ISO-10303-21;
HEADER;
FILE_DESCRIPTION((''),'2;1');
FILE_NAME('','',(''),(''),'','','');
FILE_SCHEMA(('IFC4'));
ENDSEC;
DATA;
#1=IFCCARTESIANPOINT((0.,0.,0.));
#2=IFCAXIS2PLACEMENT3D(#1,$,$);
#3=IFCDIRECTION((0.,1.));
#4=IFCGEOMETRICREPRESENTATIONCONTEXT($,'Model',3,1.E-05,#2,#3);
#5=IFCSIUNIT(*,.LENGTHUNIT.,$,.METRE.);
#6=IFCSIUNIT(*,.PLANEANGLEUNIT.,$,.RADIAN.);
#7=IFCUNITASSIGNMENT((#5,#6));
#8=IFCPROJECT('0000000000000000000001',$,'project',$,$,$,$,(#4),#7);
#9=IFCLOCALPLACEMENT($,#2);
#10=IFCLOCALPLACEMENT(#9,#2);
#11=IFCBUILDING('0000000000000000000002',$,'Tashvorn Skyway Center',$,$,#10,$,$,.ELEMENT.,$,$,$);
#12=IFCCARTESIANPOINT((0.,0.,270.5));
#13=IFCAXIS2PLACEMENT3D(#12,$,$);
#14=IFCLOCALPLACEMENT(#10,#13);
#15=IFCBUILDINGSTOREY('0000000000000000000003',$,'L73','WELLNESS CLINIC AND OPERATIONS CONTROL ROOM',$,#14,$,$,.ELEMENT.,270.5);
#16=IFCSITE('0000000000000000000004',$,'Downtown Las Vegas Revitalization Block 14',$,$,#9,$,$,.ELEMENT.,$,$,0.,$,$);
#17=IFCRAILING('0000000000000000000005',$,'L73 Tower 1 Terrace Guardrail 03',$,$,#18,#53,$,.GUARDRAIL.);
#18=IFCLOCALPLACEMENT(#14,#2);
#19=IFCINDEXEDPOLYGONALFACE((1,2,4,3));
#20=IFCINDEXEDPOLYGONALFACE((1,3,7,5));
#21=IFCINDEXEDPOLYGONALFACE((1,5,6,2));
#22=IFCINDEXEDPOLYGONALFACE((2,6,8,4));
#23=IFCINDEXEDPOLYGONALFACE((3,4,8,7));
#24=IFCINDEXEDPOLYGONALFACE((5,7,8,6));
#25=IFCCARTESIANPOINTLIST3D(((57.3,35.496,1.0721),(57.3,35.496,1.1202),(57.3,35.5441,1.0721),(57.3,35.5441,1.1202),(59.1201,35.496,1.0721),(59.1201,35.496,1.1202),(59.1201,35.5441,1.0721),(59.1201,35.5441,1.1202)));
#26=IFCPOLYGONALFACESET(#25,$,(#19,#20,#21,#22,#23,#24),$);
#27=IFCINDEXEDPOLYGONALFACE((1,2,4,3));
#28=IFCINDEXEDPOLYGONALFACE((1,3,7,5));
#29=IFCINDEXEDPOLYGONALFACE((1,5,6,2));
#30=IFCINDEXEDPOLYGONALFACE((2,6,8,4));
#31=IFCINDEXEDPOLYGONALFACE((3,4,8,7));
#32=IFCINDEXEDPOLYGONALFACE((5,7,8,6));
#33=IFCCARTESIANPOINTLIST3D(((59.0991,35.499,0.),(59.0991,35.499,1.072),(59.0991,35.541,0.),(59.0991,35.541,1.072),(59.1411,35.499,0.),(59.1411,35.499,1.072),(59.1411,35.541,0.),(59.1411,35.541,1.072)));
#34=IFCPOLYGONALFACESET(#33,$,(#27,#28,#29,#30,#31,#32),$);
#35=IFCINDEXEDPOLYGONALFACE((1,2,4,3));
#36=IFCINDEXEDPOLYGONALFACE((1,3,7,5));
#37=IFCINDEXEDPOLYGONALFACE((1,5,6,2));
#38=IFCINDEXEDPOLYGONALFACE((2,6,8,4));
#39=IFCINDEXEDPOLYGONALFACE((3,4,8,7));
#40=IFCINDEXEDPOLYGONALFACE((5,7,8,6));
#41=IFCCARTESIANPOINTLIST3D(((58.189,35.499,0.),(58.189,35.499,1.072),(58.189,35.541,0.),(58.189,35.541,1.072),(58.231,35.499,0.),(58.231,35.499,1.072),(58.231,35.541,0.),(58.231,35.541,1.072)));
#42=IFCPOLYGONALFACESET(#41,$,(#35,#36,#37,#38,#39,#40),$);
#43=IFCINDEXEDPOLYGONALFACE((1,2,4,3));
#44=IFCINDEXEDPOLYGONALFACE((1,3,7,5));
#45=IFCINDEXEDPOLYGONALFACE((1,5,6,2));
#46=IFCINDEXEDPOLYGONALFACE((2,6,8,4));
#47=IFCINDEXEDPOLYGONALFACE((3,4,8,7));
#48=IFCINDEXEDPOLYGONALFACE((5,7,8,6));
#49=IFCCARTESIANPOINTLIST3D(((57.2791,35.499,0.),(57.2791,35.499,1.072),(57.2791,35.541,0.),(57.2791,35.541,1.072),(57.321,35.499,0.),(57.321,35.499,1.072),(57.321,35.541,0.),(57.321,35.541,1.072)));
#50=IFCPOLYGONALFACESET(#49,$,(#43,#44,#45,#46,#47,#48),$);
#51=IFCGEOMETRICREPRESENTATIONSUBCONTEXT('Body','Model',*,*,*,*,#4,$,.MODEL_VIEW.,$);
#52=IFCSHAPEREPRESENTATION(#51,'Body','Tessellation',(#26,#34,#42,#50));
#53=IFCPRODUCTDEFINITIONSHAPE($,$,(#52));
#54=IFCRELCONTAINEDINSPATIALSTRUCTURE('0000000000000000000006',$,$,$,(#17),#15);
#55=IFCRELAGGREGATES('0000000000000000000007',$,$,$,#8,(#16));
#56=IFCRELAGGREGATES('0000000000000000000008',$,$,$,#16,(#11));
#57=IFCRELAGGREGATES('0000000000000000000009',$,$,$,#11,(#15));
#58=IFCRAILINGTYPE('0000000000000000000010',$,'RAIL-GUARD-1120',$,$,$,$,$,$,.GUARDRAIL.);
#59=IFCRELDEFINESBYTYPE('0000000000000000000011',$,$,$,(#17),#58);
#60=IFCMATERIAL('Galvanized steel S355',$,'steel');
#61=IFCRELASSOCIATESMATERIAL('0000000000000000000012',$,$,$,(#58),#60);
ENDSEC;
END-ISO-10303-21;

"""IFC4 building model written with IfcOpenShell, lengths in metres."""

from ifc_helpers import new_model, si_unit, direction, frame, origin, origin_2d, place, context, subcontext, project, spatial, rectangle, extrude, material, type_object, element, save


model = new_model("IFC4")

# Units and contexts
model_context = context("Model", 3, precision=1e-05, world=origin(), true_north=direction((0.0, 1.0)))
body_context = subcontext(model_context, "Body", "Model", "MODEL_VIEW")
ifc_project = project(units=[si_unit("LENGTHUNIT", "METRE"), si_unit("PLANEANGLEUNIT", "RADIAN")], contexts=[model_context])

# Site, building, storey
site_placement = place(None, origin())
site = spatial("IfcSite", under=ifc_project, at=site_placement, Name="Downtown Las Vegas Revitalization Block 14", CompositionType="ELEMENT", RefElevation=0.0)
building_placement = place(site_placement, origin())
building = spatial("IfcBuilding", under=site, at=building_placement, Name="Tashvorn Skyway Center", CompositionType="ELEMENT")
storey_placement = place(building_placement, frame((0.0, 0.0, 270.5)))
storey = spatial("IfcBuildingStorey", under=building, at=storey_placement, Name="L73", Description="WELLNESS CLINIC AND OPERATIONS CONTROL ROOM", CompositionType="ELEMENT", Elevation=270.5)

# Railing
ifc_material_1 = material(Name="Galvanized steel S355", Category="steel")
railing_type = type_object("IfcRailingType", Name="RAIL-GUARD-1120", PredefinedType="GUARDRAIL", material=ifc_material_1)
railing_1_placement = place(storey_placement, frame((59.1201, 35.52, 0.0)))
element("IfcRailing", 1, at=railing_1_placement, inside=storey, type_object=railing_type, Name="L73 Tower 1 Terrace Guardrail 03", PredefinedType="GUARDRAIL", context=body_context, shape_type="SweptSolid", body=[
    extrude(rectangle(XDim=0.0481, YDim=0.0481, at=origin_2d()), frame((0.0, 0.0, 1.0962), z_axis=(-1.0, 0.0, 0.0), x_axis=(0.0, -1.0, 0.0)), (0.0, 0.0, 1.0), 1.8201),
    extrude(rectangle(XDim=0.042, YDim=0.042, at=origin_2d()), origin(), (0.0, 0.0, 1.0), 1.072),
    extrude(rectangle(XDim=0.042, YDim=0.042, at=origin_2d()), frame((-0.9102, 0.0, 0.0)), (0.0, 0.0, 1.0), 1.072),
    extrude(rectangle(XDim=0.042, YDim=0.042, at=origin_2d()), frame((-1.8201, 0.0, 0.0)), (0.0, 0.0, 1.0), 1.072),
])

save(model, "model.ifc")
